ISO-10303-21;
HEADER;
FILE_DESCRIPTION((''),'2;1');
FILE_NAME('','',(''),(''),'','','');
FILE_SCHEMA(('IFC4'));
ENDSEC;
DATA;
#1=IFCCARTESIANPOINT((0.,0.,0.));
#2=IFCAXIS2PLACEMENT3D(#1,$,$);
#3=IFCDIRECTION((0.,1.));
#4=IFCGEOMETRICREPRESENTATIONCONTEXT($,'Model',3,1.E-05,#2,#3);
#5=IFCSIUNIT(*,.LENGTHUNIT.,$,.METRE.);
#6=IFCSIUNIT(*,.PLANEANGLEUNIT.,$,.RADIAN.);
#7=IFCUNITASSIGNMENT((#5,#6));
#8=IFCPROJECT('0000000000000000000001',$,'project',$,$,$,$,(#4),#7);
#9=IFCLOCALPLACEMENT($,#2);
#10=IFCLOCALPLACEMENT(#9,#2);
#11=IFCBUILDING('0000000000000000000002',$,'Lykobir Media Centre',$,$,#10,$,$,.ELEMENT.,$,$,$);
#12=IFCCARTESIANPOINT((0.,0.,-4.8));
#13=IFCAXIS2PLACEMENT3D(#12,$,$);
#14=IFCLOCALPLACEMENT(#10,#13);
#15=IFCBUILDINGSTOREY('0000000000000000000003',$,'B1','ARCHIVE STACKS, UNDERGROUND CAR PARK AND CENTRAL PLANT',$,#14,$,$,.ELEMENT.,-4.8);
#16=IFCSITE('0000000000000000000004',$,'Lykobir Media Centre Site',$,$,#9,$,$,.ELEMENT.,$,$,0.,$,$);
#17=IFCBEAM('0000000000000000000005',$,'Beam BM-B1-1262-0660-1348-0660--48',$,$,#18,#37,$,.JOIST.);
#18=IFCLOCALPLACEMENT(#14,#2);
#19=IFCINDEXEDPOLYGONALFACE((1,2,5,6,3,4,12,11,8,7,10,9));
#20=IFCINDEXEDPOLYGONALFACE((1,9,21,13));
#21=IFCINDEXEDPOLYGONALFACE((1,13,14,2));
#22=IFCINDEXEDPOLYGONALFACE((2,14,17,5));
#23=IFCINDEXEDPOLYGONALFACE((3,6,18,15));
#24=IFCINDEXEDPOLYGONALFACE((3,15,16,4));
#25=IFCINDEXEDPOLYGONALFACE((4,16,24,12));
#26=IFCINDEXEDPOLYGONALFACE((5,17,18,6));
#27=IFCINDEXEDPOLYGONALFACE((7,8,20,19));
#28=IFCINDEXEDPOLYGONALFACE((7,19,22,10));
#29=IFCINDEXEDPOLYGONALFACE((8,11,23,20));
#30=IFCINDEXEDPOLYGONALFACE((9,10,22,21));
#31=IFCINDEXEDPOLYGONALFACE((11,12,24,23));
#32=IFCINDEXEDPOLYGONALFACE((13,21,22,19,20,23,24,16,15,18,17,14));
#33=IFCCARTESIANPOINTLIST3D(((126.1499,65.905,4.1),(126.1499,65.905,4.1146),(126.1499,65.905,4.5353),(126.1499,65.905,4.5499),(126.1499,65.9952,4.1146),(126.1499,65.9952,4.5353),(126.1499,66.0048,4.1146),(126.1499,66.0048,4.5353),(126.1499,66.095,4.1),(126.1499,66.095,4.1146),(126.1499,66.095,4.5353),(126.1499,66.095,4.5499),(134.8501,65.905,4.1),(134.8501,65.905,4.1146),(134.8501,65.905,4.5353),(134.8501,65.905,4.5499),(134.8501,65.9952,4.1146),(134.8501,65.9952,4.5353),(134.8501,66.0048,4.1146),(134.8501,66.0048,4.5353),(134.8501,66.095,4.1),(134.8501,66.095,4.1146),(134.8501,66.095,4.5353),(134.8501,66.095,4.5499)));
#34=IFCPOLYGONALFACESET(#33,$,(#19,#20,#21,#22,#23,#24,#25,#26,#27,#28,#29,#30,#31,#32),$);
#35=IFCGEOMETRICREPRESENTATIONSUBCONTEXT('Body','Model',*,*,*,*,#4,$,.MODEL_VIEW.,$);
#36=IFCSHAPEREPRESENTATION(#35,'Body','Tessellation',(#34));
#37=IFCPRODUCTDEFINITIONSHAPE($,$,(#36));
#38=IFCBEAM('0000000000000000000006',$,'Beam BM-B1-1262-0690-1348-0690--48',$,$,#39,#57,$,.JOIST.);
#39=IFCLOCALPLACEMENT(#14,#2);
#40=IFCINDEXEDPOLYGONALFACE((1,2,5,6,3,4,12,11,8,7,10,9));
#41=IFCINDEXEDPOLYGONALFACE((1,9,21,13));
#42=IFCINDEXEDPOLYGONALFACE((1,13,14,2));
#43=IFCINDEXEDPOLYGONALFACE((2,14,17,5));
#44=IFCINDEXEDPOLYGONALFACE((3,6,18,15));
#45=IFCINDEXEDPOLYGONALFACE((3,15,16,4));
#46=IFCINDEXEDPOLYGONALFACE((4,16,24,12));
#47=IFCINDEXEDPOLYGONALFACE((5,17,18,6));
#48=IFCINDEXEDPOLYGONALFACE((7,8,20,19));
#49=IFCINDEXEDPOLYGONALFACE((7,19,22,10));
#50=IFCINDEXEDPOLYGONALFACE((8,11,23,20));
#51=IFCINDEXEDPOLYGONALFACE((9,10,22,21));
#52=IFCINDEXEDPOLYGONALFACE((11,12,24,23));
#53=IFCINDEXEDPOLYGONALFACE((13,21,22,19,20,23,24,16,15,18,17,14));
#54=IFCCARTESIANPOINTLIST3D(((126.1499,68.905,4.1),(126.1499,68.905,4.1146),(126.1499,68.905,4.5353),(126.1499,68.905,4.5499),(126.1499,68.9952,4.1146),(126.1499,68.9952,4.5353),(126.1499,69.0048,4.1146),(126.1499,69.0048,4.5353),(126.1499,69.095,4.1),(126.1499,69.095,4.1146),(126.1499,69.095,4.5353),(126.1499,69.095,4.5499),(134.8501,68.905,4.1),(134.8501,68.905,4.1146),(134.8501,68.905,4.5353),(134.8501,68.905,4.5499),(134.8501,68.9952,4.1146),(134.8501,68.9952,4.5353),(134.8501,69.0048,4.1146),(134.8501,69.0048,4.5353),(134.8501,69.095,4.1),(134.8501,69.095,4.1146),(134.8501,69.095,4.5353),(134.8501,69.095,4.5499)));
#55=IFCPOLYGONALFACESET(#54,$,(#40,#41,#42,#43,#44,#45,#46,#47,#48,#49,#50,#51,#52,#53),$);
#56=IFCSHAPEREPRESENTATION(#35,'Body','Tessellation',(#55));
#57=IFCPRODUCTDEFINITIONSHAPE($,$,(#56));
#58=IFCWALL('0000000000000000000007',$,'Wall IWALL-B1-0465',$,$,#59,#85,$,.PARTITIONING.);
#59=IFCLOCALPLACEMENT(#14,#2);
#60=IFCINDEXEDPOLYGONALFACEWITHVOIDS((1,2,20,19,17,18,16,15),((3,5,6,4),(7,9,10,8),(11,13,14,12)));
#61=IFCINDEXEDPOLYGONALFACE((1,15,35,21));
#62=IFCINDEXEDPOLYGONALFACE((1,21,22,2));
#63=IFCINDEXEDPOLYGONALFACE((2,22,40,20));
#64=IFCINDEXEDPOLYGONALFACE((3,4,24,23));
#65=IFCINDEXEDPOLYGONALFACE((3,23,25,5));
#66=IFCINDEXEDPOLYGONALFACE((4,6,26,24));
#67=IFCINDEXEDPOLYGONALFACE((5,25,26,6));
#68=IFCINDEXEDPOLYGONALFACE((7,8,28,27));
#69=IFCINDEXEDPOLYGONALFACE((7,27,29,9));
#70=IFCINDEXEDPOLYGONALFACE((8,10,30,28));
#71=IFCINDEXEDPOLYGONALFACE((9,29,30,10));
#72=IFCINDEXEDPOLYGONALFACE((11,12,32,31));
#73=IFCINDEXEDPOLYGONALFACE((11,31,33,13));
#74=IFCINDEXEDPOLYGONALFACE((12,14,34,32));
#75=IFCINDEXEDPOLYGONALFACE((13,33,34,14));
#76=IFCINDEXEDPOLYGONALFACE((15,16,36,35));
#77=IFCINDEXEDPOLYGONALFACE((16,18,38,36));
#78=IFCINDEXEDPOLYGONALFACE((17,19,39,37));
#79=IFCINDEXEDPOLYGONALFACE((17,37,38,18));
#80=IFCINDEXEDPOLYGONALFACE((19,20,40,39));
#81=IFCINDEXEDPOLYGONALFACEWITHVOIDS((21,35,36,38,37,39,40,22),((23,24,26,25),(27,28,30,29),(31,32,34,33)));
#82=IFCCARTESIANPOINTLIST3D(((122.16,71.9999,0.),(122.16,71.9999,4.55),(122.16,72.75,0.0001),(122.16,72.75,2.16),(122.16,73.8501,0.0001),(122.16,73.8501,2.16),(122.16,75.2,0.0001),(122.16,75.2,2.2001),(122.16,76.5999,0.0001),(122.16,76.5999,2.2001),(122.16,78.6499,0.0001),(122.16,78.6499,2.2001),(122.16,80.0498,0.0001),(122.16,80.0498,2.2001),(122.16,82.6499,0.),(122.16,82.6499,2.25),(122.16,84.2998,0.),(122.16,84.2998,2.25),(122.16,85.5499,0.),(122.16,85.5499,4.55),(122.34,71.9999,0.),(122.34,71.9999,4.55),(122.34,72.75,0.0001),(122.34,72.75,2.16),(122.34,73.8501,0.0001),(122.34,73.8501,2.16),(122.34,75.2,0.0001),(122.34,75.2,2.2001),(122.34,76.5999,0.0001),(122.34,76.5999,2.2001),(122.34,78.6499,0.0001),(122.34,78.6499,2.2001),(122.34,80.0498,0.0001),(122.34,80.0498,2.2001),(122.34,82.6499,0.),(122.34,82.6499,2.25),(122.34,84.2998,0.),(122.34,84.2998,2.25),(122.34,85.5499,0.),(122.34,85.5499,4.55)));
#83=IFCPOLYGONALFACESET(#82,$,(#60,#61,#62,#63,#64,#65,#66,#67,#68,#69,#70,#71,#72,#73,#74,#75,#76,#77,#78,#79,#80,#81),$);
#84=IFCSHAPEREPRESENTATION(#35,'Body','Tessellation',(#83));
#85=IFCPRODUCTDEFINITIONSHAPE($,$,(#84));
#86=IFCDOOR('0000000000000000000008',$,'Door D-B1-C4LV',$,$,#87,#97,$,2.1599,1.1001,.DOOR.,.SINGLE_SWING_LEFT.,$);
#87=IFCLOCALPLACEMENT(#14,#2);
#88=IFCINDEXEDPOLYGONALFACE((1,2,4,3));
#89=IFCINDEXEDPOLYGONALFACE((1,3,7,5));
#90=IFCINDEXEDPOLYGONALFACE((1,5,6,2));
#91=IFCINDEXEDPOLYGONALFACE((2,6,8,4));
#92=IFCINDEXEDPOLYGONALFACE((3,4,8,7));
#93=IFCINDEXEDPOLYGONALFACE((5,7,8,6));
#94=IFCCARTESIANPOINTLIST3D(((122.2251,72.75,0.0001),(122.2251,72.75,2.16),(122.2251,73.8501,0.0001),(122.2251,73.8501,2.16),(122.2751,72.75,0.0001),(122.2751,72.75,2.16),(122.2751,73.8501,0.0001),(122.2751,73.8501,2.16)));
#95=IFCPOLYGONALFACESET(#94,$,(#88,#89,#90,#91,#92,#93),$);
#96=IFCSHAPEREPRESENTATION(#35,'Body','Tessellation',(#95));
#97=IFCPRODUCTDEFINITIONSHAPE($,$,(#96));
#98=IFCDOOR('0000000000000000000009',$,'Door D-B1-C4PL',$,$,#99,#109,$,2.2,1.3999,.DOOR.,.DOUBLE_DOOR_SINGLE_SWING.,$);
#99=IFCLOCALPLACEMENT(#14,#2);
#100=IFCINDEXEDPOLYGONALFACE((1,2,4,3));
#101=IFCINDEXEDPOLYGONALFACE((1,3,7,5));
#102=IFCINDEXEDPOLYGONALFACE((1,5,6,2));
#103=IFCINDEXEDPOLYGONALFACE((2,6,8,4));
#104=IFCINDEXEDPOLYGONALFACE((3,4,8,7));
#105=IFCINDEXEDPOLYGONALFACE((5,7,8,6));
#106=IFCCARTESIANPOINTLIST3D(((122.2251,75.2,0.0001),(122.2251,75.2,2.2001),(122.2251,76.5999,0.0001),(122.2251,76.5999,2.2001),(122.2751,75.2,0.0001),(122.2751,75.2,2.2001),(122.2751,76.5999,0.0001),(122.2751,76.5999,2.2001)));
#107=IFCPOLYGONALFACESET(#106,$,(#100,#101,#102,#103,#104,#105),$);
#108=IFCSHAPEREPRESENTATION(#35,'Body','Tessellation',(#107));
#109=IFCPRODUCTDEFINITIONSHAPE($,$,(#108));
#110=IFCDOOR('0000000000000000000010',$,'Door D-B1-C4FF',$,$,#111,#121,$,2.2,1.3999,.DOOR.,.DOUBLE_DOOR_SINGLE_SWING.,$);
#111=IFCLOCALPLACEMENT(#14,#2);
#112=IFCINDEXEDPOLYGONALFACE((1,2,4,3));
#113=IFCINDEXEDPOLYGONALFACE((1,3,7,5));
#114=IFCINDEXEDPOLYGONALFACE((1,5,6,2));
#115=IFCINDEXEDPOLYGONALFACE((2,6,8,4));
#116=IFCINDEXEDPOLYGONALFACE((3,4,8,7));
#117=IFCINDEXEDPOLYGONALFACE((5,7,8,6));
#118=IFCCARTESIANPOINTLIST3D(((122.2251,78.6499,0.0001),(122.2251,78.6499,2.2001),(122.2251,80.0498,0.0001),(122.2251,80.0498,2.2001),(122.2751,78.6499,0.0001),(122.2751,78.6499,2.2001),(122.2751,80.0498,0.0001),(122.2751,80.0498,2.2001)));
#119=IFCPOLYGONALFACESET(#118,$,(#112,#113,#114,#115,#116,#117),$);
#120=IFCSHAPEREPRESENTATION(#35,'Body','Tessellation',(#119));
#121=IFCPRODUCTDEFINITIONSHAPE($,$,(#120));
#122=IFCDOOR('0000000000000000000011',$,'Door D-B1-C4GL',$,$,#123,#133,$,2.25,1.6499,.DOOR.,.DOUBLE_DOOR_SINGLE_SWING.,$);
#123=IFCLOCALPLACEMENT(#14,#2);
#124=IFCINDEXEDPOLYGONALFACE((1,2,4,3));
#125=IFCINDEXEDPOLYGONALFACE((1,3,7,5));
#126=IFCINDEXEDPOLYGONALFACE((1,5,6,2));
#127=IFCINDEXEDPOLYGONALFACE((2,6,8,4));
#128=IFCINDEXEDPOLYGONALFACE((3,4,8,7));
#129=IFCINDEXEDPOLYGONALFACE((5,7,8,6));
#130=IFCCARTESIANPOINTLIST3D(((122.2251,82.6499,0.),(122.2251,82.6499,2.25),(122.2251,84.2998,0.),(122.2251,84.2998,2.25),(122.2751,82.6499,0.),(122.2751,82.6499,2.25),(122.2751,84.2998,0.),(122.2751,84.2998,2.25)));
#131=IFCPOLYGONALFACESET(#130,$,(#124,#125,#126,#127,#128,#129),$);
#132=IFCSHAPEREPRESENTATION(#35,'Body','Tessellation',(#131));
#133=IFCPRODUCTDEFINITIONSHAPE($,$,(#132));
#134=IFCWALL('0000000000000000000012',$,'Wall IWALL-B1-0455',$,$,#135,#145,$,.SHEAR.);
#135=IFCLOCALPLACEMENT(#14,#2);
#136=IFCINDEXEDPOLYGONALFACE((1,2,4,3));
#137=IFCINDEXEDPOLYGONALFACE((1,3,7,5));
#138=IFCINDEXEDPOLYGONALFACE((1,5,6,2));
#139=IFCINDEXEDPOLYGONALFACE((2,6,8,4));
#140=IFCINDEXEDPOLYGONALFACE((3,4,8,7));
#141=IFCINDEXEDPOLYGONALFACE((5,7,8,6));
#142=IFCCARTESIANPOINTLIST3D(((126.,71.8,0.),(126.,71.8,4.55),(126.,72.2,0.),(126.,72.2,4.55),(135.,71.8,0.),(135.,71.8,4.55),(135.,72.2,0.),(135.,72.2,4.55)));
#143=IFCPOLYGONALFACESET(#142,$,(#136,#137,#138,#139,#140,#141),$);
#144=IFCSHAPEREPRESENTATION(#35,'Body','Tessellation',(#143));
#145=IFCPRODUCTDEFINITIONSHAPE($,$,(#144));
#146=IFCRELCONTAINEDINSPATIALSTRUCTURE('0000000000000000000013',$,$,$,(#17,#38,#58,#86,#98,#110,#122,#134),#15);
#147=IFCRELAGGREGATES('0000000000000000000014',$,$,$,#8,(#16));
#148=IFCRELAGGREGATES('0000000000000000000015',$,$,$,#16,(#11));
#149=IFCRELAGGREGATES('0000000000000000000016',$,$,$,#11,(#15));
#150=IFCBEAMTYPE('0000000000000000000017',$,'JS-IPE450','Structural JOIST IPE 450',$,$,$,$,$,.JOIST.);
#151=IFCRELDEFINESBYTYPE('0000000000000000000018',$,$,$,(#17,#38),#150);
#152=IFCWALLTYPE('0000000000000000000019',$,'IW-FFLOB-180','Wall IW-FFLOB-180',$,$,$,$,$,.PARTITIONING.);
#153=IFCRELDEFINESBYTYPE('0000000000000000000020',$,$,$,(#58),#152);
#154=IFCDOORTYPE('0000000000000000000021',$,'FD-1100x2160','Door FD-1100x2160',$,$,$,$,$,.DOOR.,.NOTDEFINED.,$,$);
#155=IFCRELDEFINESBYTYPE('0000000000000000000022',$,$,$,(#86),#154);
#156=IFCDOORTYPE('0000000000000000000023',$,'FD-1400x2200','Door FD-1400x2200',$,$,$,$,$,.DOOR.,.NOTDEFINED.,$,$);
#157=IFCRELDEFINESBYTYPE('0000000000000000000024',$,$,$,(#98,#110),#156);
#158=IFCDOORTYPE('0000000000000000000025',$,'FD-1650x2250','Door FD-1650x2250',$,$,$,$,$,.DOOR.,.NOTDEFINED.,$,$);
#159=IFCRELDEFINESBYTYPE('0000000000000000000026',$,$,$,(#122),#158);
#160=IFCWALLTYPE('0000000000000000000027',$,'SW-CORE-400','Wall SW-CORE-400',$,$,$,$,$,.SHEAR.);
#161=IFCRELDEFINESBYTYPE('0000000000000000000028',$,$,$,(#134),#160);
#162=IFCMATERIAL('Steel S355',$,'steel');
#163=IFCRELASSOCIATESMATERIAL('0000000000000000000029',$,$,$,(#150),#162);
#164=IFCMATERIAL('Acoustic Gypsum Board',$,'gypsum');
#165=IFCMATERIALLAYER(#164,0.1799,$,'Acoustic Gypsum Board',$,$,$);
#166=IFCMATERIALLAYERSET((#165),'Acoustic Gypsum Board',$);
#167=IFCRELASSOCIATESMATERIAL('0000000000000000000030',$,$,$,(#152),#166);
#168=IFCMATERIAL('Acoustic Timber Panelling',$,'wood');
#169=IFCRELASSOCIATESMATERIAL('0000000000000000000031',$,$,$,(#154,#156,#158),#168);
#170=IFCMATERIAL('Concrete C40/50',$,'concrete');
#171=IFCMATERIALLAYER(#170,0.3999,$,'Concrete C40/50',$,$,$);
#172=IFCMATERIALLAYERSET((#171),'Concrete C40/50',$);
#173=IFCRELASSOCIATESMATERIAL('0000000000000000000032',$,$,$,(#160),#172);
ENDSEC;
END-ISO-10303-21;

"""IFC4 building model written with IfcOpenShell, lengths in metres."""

from ifc_helpers import new_model, si_unit, direction, frame, frame_2d, origin, origin_2d, place, context, subcontext, project, spatial, rectangle, i_section, extrude, material, layer, layer_set, material_profile, profile_set, type_object, element, fill, save


model = new_model("IFC4")

# Units and contexts
model_context = context("Model", 3, precision=1e-05, world=origin(), true_north=direction((0.0, 1.0)))
body_context = subcontext(model_context, "Body", "Model", "MODEL_VIEW")
ifc_project = project(units=[si_unit("LENGTHUNIT", "METRE"), si_unit("PLANEANGLEUNIT", "RADIAN")], contexts=[model_context])

# Site, building, storey
site_placement = place(None, origin())
site = spatial("IfcSite", under=ifc_project, at=site_placement, Name="Lykobir Media Centre Site", CompositionType="ELEMENT", RefElevation=0.0)
building_placement = place(site_placement, origin())
building = spatial("IfcBuilding", under=site, at=building_placement, Name="Lykobir Media Centre", CompositionType="ELEMENT")
storey_placement = place(building_placement, frame((0.0, 0.0, -4.8)))
storey = spatial("IfcBuildingStorey", under=building, at=storey_placement, Name="B1", Description="ARCHIVE STACKS, UNDERGROUND CAR PARK AND CENTRAL PLANT", CompositionType="ELEMENT", Elevation=-4.8)

# Shared definitions
ifc_material_1 = material(Name="Concrete C40/50", Category="concrete")

# Beams
ifc_material_2 = material(Name="Steel S355", Category="steel")
ifc_material_profile_1 = material_profile(ifc_material_2, i_section(OverallWidth=0.1899, OverallDepth=0.45, WebThickness=0.0095, FlangeThickness=0.0146, at=origin_2d()), Name="IPE 450")
ifc_profile_set_1 = profile_set([ifc_material_profile_1], Name="Steel S355")
beam_type_1 = type_object("IfcBeamType", Name="JS-IPE450", Description="Structural JOIST IPE 450", PredefinedType="JOIST", material=ifc_profile_set_1)
for number, where, z_axis, x_axis, name in (
    (1, (126.1499, 66.0, 4.325), (1.0, 0.0, 0.0), (0.0, 1.0, 0.0), "Beam BM-B1-1262-0660-1348-0660--48"),
    (2, (126.1499, 69.0, 4.325), (1.0, 0.0, 0.0), (0.0, 1.0, 0.0), "Beam BM-B1-1262-0690-1348-0690--48"),
):
    element("IfcBeam", number, at=place(storey_placement, frame(where, z_axis=z_axis, x_axis=x_axis)), inside=storey, type_object=beam_type_1, Name=name, PredefinedType="JOIST", context=body_context, shape_type="SweptSolid", body=[
        extrude(i_section(OverallWidth=0.1899, OverallDepth=0.45, WebThickness=0.0095, FlangeThickness=0.0146, at=origin_2d()), origin(), (0.0, 0.0, 1.0), 8.7002),
    ])

# Wall, openings, doors
ifc_material_3 = material(Name="Acoustic Gypsum Board", Category="gypsum")
ifc_layer_1 = layer(ifc_material_3, 0.1799, Name="Acoustic Gypsum Board")
ifc_layer_set_1 = layer_set([ifc_layer_1], Name="Acoustic Gypsum Board")
wall_type_1 = type_object("IfcWallType", Name="IW-FFLOB-180", Description="Wall IW-FFLOB-180", PredefinedType="PARTITIONING", material=ifc_layer_set_1)
wall_1_placement = place(storey_placement, frame((122.25, 72.0, 0.0), z_axis=(0.0, 0.0, 1.0), x_axis=(0.0, 1.0, 0.0)))
wall_1 = element("IfcWall", 3, at=wall_1_placement, inside=storey, type_object=wall_type_1, Name="Wall IWALL-B1-0465", PredefinedType="PARTITIONING", context=body_context, shape_type="SweptSolid", body=[
    extrude(rectangle(XDim=13.55, YDim=0.1799, at=frame_2d((6.7749, 0.0))), origin(), (0.0, 0.0, 1.0), 4.55),
])
opening_1_placement = place(wall_1_placement, frame((0.75, 0.0, 0.0)))
opening_1 = element("IfcOpeningElement", 4, at=opening_1_placement, cuts=wall_1, PredefinedType="OPENING", context=body_context, shape_type="SweptSolid", body=[
    extrude(rectangle(XDim=1.1001, YDim=2.1599, at=frame_2d((0.55, 1.0801))), frame((0.0, 0.0999, 0.0), z_axis=(0.0, -1.0, 0.0), x_axis=(1.0, 0.0, 0.0)), (0.0, 0.0, 1.0), 0.2),
])
opening_2_placement = place(wall_1_placement, frame((3.2, 0.0, 0.0)))
opening_2 = element("IfcOpeningElement", 5, at=opening_2_placement, cuts=wall_1, PredefinedType="OPENING", context=body_context, shape_type="SweptSolid", body=[
    extrude(rectangle(XDim=1.3999, YDim=2.2, at=frame_2d((0.7, 1.1001))), frame((0.0, 0.0999, 0.0), z_axis=(0.0, -1.0, 0.0), x_axis=(1.0, 0.0, 0.0)), (0.0, 0.0, 1.0), 0.2),
])
opening_3_placement = place(wall_1_placement, frame((6.6499, 0.0, 0.0)))
opening_3 = element("IfcOpeningElement", 6, at=opening_3_placement, cuts=wall_1, PredefinedType="OPENING", context=body_context, shape_type="SweptSolid", body=[
    extrude(rectangle(XDim=1.3999, YDim=2.2, at=frame_2d((0.7, 1.1001))), frame((0.0, 0.0999, 0.0), z_axis=(0.0, -1.0, 0.0), x_axis=(1.0, 0.0, 0.0)), (0.0, 0.0, 1.0), 0.2),
])
opening_4_placement = place(wall_1_placement, frame((10.6499, 0.0, 0.0)))
opening_4 = element("IfcOpeningElement", 7, at=opening_4_placement, cuts=wall_1, PredefinedType="OPENING", context=body_context, shape_type="SweptSolid", body=[
    extrude(rectangle(XDim=1.6499, YDim=2.25, at=frame_2d((0.825, 1.125))), frame((0.0, 0.0999, 0.0), z_axis=(0.0, -1.0, 0.0), x_axis=(1.0, 0.0, 0.0)), (0.0, 0.0, 1.0), 0.2),
])
ifc_material_4 = material(Name="Acoustic Timber Panelling", Category="wood")
door_type_1 = type_object("IfcDoorType", Name="FD-1100x2160", Description="Door FD-1100x2160", OperationType="NOTDEFINED", PredefinedType="DOOR", material=ifc_material_4)
door_1_placement = place(opening_1_placement, origin())
door_1 = element("IfcDoor", 8, at=door_1_placement, inside=storey, type_object=door_type_1, Name="Door D-B1-C4LV", OperationType="SINGLE_SWING_LEFT", OverallHeight=2.1599, OverallWidth=1.1001, PredefinedType="DOOR", context=body_context, shape_type="SweptSolid", body=[
    extrude(rectangle(XDim=1.1001, YDim=2.1599, at=frame_2d((0.55, 1.0801))), frame((0.0, 0.0249, 0.0), z_axis=(0.0, -1.0, 0.0), x_axis=(1.0, 0.0, 0.0)), (0.0, 0.0, 1.0), 0.05),
])
fill(opening_1, door_1)
door_type_2 = type_object("IfcDoorType", Name="FD-1400x2200", Description="Door FD-1400x2200", OperationType="NOTDEFINED", PredefinedType="DOOR", material=ifc_material_4)
door_2_placement = place(opening_2_placement, origin())
door_2 = element("IfcDoor", 9, at=door_2_placement, inside=storey, type_object=door_type_2, Name="Door D-B1-C4PL", OperationType="DOUBLE_DOOR_SINGLE_SWING", OverallHeight=2.2, OverallWidth=1.3999, PredefinedType="DOOR", context=body_context, shape_type="SweptSolid", body=[
    extrude(rectangle(XDim=1.3999, YDim=2.2, at=frame_2d((0.7, 1.1001))), frame((0.0, 0.0249, 0.0), z_axis=(0.0, -1.0, 0.0), x_axis=(1.0, 0.0, 0.0)), (0.0, 0.0, 1.0), 0.05),
])
fill(opening_2, door_2)
door_3_placement = place(opening_3_placement, origin())
door_3 = element("IfcDoor", 10, at=door_3_placement, inside=storey, type_object=door_type_2, Name="Door D-B1-C4FF", OperationType="DOUBLE_DOOR_SINGLE_SWING", OverallHeight=2.2, OverallWidth=1.3999, PredefinedType="DOOR", context=body_context, shape_type="SweptSolid", body=[
    extrude(rectangle(XDim=1.3999, YDim=2.2, at=frame_2d((0.7, 1.1001))), frame((0.0, 0.0249, 0.0), z_axis=(0.0, -1.0, 0.0), x_axis=(1.0, 0.0, 0.0)), (0.0, 0.0, 1.0), 0.05),
])
fill(opening_3, door_3)
door_type_3 = type_object("IfcDoorType", Name="FD-1650x2250", Description="Door FD-1650x2250", OperationType="NOTDEFINED", PredefinedType="DOOR", material=ifc_material_4)
door_4_placement = place(opening_4_placement, origin())
door_4 = element("IfcDoor", 11, at=door_4_placement, inside=storey, type_object=door_type_3, Name="Door D-B1-C4GL", OperationType="DOUBLE_DOOR_SINGLE_SWING", OverallHeight=2.25, OverallWidth=1.6499, PredefinedType="DOOR", context=body_context, shape_type="SweptSolid", body=[
    extrude(rectangle(XDim=1.6499, YDim=2.25, at=frame_2d((0.825, 1.125))), frame((0.0, 0.0249, 0.0), z_axis=(0.0, -1.0, 0.0), x_axis=(1.0, 0.0, 0.0)), (0.0, 0.0, 1.0), 0.05),
])
fill(opening_4, door_4)

# Wall
ifc_layer_2 = layer(ifc_material_1, 0.3999, Name="Concrete C40/50")
ifc_layer_set_2 = layer_set([ifc_layer_2], Name="Concrete C40/50")
wall_type_2 = type_object("IfcWallType", Name="SW-CORE-400", Description="Wall SW-CORE-400", PredefinedType="SHEAR", material=ifc_layer_set_2)
wall_2_placement = place(storey_placement, frame((126.0, 72.0, 0.0), z_axis=(0.0, 0.0, 1.0), x_axis=(1.0, 0.0, 0.0)))
element("IfcWall", 12, at=wall_2_placement, inside=storey, type_object=wall_type_2, Name="Wall IWALL-B1-0455", PredefinedType="SHEAR", context=body_context, shape_type="SweptSolid", body=[
    extrude(rectangle(XDim=9.0, YDim=0.3999, at=frame_2d((4.5, 0.0))), origin(), (0.0, 0.0, 1.0), 4.55),
])

save(model, "model.ifc")
